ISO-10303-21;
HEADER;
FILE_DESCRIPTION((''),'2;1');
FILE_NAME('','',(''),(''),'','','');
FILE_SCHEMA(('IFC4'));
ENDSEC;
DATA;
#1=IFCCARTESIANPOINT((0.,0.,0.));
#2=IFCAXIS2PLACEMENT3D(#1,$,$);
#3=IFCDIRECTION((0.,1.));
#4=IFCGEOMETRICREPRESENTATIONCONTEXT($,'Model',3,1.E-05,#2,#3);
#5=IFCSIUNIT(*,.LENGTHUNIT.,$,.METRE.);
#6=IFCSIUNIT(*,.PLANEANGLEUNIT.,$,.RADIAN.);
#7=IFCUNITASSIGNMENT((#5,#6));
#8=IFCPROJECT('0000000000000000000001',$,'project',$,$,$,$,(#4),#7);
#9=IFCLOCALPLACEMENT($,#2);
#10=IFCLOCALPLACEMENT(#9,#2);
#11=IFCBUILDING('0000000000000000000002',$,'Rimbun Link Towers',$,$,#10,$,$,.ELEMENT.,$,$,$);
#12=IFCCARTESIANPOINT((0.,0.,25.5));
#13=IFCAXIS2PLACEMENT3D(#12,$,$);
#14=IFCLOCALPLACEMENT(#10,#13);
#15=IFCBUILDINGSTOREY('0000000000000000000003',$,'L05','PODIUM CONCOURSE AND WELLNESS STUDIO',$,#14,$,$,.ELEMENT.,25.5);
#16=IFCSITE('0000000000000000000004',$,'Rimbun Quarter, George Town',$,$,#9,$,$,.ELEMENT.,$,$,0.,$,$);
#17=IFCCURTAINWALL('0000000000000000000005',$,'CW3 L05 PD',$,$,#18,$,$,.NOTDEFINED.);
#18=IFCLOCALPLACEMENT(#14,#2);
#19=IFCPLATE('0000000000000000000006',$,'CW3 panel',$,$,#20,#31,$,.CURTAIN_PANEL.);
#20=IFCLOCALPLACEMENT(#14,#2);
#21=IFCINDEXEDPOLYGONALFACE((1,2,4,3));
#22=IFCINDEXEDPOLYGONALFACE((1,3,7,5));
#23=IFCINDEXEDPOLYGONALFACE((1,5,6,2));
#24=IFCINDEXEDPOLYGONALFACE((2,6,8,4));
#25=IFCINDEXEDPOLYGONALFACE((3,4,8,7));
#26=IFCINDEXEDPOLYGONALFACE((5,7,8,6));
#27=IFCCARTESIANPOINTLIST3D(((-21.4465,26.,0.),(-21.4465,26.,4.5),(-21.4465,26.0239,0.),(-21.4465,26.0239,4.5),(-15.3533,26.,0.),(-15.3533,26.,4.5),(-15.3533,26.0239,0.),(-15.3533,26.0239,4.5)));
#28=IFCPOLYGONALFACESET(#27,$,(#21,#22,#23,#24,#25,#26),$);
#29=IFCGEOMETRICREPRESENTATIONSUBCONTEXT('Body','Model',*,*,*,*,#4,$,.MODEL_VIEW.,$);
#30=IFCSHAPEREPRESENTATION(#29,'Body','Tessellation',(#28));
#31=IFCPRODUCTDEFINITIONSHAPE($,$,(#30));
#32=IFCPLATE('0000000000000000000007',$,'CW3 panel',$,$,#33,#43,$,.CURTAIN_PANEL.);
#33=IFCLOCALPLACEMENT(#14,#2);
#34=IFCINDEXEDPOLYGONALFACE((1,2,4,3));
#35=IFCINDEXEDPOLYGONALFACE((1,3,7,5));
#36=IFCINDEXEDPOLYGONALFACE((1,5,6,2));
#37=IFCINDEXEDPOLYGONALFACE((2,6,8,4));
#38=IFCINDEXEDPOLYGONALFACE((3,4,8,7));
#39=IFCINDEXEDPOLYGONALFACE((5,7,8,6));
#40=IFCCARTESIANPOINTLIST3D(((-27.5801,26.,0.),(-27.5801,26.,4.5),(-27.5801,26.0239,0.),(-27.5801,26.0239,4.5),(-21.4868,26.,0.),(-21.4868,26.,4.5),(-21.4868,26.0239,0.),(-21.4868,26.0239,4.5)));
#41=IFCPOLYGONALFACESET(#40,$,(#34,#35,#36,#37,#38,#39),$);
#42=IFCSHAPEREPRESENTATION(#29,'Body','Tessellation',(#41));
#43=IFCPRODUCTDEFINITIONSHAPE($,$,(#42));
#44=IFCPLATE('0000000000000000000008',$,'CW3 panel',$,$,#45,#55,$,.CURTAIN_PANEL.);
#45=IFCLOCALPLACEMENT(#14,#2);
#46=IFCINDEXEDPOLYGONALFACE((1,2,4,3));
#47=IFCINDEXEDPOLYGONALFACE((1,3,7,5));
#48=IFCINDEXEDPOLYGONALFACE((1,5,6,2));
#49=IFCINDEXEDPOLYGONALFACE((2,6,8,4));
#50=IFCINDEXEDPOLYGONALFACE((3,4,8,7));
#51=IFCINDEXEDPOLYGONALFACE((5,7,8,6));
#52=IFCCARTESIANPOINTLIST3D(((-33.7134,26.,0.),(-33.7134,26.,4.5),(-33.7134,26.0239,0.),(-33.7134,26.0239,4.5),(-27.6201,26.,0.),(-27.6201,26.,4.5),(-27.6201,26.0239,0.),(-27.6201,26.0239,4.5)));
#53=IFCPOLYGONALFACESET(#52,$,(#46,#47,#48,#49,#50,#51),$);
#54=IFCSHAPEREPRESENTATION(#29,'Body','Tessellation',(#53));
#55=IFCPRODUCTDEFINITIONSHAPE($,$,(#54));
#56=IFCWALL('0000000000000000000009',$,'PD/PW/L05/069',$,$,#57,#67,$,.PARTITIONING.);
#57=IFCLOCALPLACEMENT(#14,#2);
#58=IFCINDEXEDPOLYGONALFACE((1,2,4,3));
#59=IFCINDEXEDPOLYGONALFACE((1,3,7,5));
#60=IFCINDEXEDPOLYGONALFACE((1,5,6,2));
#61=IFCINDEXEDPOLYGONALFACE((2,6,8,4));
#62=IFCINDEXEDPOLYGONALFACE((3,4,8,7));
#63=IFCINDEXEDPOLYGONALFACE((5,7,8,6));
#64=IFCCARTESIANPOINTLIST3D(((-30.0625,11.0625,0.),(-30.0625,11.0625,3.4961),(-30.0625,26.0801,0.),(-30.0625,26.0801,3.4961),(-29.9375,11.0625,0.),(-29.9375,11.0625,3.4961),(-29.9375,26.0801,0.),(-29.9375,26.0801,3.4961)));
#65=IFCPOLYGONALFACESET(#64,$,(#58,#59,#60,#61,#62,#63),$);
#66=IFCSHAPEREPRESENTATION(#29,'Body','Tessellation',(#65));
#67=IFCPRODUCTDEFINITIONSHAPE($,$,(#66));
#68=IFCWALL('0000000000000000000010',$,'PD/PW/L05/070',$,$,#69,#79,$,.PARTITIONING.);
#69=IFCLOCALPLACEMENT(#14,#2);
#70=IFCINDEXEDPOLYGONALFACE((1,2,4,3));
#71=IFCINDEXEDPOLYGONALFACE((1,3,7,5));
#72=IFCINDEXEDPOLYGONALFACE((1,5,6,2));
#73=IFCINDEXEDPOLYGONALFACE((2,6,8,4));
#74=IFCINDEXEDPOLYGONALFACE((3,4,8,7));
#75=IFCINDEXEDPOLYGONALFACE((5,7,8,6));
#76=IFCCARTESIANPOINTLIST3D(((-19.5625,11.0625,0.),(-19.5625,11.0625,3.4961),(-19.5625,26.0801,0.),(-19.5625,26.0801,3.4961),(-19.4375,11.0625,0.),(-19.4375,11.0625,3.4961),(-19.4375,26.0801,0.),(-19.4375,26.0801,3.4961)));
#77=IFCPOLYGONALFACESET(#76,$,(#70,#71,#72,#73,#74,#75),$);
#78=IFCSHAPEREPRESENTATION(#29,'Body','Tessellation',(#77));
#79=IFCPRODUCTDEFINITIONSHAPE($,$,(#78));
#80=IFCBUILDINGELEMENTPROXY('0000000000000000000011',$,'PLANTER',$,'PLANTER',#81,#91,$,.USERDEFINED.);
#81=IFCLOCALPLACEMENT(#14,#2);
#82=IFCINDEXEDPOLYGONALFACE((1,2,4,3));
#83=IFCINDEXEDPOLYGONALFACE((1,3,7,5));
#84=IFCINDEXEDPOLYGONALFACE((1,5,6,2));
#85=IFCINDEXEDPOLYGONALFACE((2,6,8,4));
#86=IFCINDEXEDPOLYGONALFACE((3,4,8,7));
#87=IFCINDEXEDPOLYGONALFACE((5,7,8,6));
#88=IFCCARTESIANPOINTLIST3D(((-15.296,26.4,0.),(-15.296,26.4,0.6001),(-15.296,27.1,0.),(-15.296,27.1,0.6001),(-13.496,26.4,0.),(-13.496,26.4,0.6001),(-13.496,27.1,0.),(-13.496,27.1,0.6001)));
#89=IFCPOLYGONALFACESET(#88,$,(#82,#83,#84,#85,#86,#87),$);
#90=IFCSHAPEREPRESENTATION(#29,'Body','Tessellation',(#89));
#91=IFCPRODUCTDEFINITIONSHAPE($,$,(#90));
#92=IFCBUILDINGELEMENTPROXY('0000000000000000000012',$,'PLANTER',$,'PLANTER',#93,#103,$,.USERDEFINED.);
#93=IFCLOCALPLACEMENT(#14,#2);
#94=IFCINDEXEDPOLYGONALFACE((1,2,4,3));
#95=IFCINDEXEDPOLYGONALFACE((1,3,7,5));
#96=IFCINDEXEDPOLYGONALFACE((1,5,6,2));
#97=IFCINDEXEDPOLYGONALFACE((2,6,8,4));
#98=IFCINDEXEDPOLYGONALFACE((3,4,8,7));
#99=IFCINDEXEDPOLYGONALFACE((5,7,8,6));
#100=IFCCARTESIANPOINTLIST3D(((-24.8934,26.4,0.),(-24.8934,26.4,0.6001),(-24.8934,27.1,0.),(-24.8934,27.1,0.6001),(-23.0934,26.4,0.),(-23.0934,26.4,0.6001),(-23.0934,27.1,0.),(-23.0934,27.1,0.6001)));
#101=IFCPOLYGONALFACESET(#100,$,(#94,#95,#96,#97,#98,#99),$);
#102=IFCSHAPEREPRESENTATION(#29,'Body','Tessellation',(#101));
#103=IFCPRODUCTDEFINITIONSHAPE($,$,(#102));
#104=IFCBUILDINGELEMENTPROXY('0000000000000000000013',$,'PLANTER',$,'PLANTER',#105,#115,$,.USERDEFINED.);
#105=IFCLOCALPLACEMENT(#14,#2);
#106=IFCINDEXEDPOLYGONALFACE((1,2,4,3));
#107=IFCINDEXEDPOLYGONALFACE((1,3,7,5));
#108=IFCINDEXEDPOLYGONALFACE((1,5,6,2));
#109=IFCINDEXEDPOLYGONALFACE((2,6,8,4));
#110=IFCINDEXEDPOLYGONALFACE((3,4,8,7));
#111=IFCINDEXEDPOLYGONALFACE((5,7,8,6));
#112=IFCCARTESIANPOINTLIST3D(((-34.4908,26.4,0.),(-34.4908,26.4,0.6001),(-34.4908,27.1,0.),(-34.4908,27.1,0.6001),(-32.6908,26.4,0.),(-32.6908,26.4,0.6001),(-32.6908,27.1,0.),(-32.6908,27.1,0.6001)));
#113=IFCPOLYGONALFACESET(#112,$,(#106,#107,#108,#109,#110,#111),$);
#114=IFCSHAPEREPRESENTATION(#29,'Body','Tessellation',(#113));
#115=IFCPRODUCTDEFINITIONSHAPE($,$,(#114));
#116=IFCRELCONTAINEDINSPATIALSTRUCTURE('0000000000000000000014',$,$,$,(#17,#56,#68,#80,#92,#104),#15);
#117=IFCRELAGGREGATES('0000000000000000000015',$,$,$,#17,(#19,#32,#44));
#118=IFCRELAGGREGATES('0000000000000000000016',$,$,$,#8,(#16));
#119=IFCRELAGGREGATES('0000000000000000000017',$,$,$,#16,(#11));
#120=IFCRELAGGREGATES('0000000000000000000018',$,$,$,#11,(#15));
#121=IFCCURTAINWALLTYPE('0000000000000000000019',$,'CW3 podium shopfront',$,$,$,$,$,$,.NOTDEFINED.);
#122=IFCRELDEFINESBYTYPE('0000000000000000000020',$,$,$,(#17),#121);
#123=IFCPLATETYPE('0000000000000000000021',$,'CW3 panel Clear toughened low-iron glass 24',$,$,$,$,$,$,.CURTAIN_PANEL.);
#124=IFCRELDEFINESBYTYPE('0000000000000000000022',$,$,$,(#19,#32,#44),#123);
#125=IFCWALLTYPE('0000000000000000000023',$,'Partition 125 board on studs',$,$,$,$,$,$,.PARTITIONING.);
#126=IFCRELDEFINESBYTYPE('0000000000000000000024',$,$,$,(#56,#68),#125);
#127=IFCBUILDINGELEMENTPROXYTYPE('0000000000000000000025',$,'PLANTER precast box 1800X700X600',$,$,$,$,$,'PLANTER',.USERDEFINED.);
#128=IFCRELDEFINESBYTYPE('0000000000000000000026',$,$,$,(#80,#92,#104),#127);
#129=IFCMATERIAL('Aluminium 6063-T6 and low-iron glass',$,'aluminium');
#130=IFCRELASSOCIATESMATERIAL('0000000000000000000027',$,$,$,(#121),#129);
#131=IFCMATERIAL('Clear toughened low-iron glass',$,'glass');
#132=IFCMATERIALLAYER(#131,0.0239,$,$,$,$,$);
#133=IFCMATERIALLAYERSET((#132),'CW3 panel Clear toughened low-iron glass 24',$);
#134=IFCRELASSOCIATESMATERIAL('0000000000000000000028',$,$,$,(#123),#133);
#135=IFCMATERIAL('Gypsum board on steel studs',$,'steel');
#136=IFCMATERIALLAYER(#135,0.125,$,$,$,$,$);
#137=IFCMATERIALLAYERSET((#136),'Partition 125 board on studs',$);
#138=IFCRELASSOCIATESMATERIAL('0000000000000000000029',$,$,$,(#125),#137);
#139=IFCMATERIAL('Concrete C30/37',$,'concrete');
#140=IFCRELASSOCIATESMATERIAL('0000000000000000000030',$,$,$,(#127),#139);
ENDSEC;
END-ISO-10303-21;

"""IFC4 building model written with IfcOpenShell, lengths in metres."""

from ifc_helpers import new_model, si_unit, direction, frame, frame_2d, origin, origin_2d, place, context, subcontext, project, spatial, rectangle, extrude, material, layer, layer_set, type_object, element, aggregate, save


model = new_model("IFC4")

# Units and contexts
model_context = context("Model", 3, precision=1e-05, world=origin(), true_north=direction((0.0, 1.0)))
body_context = subcontext(model_context, "Body", "Model", "MODEL_VIEW")
ifc_project = project(units=[si_unit("LENGTHUNIT", "METRE"), si_unit("PLANEANGLEUNIT", "RADIAN")], contexts=[model_context])

# Site, building, storey
site_placement = place(None, origin())
site = spatial("IfcSite", under=ifc_project, at=site_placement, Name="Rimbun Quarter, George Town", CompositionType="ELEMENT", RefElevation=0.0)
building_placement = place(site_placement, origin())
building = spatial("IfcBuilding", under=site, at=building_placement, Name="Rimbun Link Towers", CompositionType="ELEMENT")
storey_placement = place(building_placement, frame((0.0, 0.0, 25.5)))
storey = spatial("IfcBuildingStorey", under=building, at=storey_placement, Name="L05", Description="PODIUM CONCOURSE AND WELLNESS STUDIO", CompositionType="ELEMENT", Elevation=25.5)

# Curtain wall
ifc_material_1 = material(Name="Aluminium 6063-T6 and low-iron glass", Category="aluminium")
curtain_wall_type = type_object("IfcCurtainWallType", Name="CW3 podium shopfront", PredefinedType="NOTDEFINED", material=ifc_material_1)
curtain_wall_placement = place(storey_placement, origin())
curtain_wall = element("IfcCurtainWall", 1, at=curtain_wall_placement, inside=storey, type_object=curtain_wall_type, Name="CW3 L05 PD", PredefinedType="NOTDEFINED")

# Plates
ifc_material_2 = material(Name="Clear toughened low-iron glass", Category="glass")
ifc_layer_1 = layer(ifc_material_2, 0.0239)
ifc_layer_set_1 = layer_set([ifc_layer_1], Name="CW3 panel Clear toughened low-iron glass 24")
plate_type = type_object("IfcPlateType", Name="CW3 panel Clear toughened low-iron glass 24", PredefinedType="CURTAIN_PANEL", material=ifc_layer_set_1)
plate_1_placement = place(storey_placement, frame((-18.3999, 26.012, 0.0), z_axis=(0.0, 0.0, 1.0), x_axis=(1.0, 0.0, 0.0)))
plate_1 = element("IfcPlate", 2, at=plate_1_placement, type_object=plate_type, Name="CW3 panel", PredefinedType="CURTAIN_PANEL", context=body_context, shape_type="SweptSolid", body=[
    extrude(rectangle(XDim=6.0933, YDim=0.0239, at=origin_2d()), origin(), (0.0, 0.0, 1.0), 4.5),
])
plate_2_placement = place(storey_placement, frame((-24.5334, 26.012, 0.0), z_axis=(0.0, 0.0, 1.0), x_axis=(1.0, 0.0, 0.0)))
plate_2 = element("IfcPlate", 3, at=plate_2_placement, type_object=plate_type, Name="CW3 panel", PredefinedType="CURTAIN_PANEL", context=body_context, shape_type="SweptSolid", body=[
    extrude(rectangle(XDim=6.0933, YDim=0.0239, at=origin_2d()), origin(), (0.0, 0.0, 1.0), 4.5),
])
plate_3_placement = place(storey_placement, frame((-30.6667, 26.012, 0.0), z_axis=(0.0, 0.0, 1.0), x_axis=(1.0, 0.0, 0.0)))
plate_3 = element("IfcPlate", 4, at=plate_3_placement, type_object=plate_type, Name="CW3 panel", PredefinedType="CURTAIN_PANEL", context=body_context, shape_type="SweptSolid", body=[
    extrude(rectangle(XDim=6.0933, YDim=0.0239, at=origin_2d()), origin(), (0.0, 0.0, 1.0), 4.5),
])
aggregate(curtain_wall, [plate_1, plate_2, plate_3])

# Walls
ifc_material_3 = material(Name="Gypsum board on steel studs", Category="steel")
ifc_layer_2 = layer(ifc_material_3, 0.125)
ifc_layer_set_2 = layer_set([ifc_layer_2], Name="Partition 125 board on studs")
wall_type = type_object("IfcWallType", Name="Partition 125 board on studs", PredefinedType="PARTITIONING", material=ifc_layer_set_2)
for number, where, z_axis, x_axis, name in (
    (5, (-30.0, 11.0625, 0.0), (0.0, 0.0, 1.0), (0.0, 1.0, 0.0), "PD/PW/L05/069"),
    (6, (-19.5, 11.0625, 0.0), (0.0, 0.0, 1.0), (0.0, 1.0, 0.0), "PD/PW/L05/070"),
):
    element("IfcWall", number, at=place(storey_placement, frame(where, z_axis=z_axis, x_axis=x_axis)), inside=storey, type_object=wall_type, Name=name, PredefinedType="PARTITIONING", context=body_context, shape_type="SweptSolid", body=[
        extrude(rectangle(XDim=15.0176, YDim=0.125, at=frame_2d((7.5088, 0.0))), origin(), (0.0, 0.0, 1.0), 3.4961),
    ])

# Building element proxies
ifc_material_4 = material(Name="Concrete C30/37", Category="concrete")
building_element_proxy_type = type_object("IfcBuildingElementProxyType", Name="PLANTER precast box 1800X700X600", ElementType="PLANTER", PredefinedType="USERDEFINED", material=ifc_material_4)
for number, where, z_axis, x_axis, name in (
    (7, (-14.396, 26.75, 0.0), (0.0, 0.0, 1.0), (-1.0, 0.0, 0.0), "PLANTER"),
    (8, (-23.9934, 26.75, 0.0), (0.0, 0.0, 1.0), (-1.0, 0.0, 0.0), "PLANTER"),
    (9, (-33.5908, 26.75, 0.0), (0.0, 0.0, 1.0), (-1.0, 0.0, 0.0), "PLANTER"),
):
    element("IfcBuildingElementProxy", number, at=place(storey_placement, frame(where, z_axis=z_axis, x_axis=x_axis)), inside=storey, type_object=building_element_proxy_type, Name=name, ObjectType="PLANTER", PredefinedType="USERDEFINED", context=body_context, shape_type="SweptSolid", body=[
        extrude(rectangle(XDim=1.8, YDim=0.7, at=origin_2d()), origin(), (0.0, 0.0, 1.0), 0.6001),
    ])

save(model, "model.ifc")
